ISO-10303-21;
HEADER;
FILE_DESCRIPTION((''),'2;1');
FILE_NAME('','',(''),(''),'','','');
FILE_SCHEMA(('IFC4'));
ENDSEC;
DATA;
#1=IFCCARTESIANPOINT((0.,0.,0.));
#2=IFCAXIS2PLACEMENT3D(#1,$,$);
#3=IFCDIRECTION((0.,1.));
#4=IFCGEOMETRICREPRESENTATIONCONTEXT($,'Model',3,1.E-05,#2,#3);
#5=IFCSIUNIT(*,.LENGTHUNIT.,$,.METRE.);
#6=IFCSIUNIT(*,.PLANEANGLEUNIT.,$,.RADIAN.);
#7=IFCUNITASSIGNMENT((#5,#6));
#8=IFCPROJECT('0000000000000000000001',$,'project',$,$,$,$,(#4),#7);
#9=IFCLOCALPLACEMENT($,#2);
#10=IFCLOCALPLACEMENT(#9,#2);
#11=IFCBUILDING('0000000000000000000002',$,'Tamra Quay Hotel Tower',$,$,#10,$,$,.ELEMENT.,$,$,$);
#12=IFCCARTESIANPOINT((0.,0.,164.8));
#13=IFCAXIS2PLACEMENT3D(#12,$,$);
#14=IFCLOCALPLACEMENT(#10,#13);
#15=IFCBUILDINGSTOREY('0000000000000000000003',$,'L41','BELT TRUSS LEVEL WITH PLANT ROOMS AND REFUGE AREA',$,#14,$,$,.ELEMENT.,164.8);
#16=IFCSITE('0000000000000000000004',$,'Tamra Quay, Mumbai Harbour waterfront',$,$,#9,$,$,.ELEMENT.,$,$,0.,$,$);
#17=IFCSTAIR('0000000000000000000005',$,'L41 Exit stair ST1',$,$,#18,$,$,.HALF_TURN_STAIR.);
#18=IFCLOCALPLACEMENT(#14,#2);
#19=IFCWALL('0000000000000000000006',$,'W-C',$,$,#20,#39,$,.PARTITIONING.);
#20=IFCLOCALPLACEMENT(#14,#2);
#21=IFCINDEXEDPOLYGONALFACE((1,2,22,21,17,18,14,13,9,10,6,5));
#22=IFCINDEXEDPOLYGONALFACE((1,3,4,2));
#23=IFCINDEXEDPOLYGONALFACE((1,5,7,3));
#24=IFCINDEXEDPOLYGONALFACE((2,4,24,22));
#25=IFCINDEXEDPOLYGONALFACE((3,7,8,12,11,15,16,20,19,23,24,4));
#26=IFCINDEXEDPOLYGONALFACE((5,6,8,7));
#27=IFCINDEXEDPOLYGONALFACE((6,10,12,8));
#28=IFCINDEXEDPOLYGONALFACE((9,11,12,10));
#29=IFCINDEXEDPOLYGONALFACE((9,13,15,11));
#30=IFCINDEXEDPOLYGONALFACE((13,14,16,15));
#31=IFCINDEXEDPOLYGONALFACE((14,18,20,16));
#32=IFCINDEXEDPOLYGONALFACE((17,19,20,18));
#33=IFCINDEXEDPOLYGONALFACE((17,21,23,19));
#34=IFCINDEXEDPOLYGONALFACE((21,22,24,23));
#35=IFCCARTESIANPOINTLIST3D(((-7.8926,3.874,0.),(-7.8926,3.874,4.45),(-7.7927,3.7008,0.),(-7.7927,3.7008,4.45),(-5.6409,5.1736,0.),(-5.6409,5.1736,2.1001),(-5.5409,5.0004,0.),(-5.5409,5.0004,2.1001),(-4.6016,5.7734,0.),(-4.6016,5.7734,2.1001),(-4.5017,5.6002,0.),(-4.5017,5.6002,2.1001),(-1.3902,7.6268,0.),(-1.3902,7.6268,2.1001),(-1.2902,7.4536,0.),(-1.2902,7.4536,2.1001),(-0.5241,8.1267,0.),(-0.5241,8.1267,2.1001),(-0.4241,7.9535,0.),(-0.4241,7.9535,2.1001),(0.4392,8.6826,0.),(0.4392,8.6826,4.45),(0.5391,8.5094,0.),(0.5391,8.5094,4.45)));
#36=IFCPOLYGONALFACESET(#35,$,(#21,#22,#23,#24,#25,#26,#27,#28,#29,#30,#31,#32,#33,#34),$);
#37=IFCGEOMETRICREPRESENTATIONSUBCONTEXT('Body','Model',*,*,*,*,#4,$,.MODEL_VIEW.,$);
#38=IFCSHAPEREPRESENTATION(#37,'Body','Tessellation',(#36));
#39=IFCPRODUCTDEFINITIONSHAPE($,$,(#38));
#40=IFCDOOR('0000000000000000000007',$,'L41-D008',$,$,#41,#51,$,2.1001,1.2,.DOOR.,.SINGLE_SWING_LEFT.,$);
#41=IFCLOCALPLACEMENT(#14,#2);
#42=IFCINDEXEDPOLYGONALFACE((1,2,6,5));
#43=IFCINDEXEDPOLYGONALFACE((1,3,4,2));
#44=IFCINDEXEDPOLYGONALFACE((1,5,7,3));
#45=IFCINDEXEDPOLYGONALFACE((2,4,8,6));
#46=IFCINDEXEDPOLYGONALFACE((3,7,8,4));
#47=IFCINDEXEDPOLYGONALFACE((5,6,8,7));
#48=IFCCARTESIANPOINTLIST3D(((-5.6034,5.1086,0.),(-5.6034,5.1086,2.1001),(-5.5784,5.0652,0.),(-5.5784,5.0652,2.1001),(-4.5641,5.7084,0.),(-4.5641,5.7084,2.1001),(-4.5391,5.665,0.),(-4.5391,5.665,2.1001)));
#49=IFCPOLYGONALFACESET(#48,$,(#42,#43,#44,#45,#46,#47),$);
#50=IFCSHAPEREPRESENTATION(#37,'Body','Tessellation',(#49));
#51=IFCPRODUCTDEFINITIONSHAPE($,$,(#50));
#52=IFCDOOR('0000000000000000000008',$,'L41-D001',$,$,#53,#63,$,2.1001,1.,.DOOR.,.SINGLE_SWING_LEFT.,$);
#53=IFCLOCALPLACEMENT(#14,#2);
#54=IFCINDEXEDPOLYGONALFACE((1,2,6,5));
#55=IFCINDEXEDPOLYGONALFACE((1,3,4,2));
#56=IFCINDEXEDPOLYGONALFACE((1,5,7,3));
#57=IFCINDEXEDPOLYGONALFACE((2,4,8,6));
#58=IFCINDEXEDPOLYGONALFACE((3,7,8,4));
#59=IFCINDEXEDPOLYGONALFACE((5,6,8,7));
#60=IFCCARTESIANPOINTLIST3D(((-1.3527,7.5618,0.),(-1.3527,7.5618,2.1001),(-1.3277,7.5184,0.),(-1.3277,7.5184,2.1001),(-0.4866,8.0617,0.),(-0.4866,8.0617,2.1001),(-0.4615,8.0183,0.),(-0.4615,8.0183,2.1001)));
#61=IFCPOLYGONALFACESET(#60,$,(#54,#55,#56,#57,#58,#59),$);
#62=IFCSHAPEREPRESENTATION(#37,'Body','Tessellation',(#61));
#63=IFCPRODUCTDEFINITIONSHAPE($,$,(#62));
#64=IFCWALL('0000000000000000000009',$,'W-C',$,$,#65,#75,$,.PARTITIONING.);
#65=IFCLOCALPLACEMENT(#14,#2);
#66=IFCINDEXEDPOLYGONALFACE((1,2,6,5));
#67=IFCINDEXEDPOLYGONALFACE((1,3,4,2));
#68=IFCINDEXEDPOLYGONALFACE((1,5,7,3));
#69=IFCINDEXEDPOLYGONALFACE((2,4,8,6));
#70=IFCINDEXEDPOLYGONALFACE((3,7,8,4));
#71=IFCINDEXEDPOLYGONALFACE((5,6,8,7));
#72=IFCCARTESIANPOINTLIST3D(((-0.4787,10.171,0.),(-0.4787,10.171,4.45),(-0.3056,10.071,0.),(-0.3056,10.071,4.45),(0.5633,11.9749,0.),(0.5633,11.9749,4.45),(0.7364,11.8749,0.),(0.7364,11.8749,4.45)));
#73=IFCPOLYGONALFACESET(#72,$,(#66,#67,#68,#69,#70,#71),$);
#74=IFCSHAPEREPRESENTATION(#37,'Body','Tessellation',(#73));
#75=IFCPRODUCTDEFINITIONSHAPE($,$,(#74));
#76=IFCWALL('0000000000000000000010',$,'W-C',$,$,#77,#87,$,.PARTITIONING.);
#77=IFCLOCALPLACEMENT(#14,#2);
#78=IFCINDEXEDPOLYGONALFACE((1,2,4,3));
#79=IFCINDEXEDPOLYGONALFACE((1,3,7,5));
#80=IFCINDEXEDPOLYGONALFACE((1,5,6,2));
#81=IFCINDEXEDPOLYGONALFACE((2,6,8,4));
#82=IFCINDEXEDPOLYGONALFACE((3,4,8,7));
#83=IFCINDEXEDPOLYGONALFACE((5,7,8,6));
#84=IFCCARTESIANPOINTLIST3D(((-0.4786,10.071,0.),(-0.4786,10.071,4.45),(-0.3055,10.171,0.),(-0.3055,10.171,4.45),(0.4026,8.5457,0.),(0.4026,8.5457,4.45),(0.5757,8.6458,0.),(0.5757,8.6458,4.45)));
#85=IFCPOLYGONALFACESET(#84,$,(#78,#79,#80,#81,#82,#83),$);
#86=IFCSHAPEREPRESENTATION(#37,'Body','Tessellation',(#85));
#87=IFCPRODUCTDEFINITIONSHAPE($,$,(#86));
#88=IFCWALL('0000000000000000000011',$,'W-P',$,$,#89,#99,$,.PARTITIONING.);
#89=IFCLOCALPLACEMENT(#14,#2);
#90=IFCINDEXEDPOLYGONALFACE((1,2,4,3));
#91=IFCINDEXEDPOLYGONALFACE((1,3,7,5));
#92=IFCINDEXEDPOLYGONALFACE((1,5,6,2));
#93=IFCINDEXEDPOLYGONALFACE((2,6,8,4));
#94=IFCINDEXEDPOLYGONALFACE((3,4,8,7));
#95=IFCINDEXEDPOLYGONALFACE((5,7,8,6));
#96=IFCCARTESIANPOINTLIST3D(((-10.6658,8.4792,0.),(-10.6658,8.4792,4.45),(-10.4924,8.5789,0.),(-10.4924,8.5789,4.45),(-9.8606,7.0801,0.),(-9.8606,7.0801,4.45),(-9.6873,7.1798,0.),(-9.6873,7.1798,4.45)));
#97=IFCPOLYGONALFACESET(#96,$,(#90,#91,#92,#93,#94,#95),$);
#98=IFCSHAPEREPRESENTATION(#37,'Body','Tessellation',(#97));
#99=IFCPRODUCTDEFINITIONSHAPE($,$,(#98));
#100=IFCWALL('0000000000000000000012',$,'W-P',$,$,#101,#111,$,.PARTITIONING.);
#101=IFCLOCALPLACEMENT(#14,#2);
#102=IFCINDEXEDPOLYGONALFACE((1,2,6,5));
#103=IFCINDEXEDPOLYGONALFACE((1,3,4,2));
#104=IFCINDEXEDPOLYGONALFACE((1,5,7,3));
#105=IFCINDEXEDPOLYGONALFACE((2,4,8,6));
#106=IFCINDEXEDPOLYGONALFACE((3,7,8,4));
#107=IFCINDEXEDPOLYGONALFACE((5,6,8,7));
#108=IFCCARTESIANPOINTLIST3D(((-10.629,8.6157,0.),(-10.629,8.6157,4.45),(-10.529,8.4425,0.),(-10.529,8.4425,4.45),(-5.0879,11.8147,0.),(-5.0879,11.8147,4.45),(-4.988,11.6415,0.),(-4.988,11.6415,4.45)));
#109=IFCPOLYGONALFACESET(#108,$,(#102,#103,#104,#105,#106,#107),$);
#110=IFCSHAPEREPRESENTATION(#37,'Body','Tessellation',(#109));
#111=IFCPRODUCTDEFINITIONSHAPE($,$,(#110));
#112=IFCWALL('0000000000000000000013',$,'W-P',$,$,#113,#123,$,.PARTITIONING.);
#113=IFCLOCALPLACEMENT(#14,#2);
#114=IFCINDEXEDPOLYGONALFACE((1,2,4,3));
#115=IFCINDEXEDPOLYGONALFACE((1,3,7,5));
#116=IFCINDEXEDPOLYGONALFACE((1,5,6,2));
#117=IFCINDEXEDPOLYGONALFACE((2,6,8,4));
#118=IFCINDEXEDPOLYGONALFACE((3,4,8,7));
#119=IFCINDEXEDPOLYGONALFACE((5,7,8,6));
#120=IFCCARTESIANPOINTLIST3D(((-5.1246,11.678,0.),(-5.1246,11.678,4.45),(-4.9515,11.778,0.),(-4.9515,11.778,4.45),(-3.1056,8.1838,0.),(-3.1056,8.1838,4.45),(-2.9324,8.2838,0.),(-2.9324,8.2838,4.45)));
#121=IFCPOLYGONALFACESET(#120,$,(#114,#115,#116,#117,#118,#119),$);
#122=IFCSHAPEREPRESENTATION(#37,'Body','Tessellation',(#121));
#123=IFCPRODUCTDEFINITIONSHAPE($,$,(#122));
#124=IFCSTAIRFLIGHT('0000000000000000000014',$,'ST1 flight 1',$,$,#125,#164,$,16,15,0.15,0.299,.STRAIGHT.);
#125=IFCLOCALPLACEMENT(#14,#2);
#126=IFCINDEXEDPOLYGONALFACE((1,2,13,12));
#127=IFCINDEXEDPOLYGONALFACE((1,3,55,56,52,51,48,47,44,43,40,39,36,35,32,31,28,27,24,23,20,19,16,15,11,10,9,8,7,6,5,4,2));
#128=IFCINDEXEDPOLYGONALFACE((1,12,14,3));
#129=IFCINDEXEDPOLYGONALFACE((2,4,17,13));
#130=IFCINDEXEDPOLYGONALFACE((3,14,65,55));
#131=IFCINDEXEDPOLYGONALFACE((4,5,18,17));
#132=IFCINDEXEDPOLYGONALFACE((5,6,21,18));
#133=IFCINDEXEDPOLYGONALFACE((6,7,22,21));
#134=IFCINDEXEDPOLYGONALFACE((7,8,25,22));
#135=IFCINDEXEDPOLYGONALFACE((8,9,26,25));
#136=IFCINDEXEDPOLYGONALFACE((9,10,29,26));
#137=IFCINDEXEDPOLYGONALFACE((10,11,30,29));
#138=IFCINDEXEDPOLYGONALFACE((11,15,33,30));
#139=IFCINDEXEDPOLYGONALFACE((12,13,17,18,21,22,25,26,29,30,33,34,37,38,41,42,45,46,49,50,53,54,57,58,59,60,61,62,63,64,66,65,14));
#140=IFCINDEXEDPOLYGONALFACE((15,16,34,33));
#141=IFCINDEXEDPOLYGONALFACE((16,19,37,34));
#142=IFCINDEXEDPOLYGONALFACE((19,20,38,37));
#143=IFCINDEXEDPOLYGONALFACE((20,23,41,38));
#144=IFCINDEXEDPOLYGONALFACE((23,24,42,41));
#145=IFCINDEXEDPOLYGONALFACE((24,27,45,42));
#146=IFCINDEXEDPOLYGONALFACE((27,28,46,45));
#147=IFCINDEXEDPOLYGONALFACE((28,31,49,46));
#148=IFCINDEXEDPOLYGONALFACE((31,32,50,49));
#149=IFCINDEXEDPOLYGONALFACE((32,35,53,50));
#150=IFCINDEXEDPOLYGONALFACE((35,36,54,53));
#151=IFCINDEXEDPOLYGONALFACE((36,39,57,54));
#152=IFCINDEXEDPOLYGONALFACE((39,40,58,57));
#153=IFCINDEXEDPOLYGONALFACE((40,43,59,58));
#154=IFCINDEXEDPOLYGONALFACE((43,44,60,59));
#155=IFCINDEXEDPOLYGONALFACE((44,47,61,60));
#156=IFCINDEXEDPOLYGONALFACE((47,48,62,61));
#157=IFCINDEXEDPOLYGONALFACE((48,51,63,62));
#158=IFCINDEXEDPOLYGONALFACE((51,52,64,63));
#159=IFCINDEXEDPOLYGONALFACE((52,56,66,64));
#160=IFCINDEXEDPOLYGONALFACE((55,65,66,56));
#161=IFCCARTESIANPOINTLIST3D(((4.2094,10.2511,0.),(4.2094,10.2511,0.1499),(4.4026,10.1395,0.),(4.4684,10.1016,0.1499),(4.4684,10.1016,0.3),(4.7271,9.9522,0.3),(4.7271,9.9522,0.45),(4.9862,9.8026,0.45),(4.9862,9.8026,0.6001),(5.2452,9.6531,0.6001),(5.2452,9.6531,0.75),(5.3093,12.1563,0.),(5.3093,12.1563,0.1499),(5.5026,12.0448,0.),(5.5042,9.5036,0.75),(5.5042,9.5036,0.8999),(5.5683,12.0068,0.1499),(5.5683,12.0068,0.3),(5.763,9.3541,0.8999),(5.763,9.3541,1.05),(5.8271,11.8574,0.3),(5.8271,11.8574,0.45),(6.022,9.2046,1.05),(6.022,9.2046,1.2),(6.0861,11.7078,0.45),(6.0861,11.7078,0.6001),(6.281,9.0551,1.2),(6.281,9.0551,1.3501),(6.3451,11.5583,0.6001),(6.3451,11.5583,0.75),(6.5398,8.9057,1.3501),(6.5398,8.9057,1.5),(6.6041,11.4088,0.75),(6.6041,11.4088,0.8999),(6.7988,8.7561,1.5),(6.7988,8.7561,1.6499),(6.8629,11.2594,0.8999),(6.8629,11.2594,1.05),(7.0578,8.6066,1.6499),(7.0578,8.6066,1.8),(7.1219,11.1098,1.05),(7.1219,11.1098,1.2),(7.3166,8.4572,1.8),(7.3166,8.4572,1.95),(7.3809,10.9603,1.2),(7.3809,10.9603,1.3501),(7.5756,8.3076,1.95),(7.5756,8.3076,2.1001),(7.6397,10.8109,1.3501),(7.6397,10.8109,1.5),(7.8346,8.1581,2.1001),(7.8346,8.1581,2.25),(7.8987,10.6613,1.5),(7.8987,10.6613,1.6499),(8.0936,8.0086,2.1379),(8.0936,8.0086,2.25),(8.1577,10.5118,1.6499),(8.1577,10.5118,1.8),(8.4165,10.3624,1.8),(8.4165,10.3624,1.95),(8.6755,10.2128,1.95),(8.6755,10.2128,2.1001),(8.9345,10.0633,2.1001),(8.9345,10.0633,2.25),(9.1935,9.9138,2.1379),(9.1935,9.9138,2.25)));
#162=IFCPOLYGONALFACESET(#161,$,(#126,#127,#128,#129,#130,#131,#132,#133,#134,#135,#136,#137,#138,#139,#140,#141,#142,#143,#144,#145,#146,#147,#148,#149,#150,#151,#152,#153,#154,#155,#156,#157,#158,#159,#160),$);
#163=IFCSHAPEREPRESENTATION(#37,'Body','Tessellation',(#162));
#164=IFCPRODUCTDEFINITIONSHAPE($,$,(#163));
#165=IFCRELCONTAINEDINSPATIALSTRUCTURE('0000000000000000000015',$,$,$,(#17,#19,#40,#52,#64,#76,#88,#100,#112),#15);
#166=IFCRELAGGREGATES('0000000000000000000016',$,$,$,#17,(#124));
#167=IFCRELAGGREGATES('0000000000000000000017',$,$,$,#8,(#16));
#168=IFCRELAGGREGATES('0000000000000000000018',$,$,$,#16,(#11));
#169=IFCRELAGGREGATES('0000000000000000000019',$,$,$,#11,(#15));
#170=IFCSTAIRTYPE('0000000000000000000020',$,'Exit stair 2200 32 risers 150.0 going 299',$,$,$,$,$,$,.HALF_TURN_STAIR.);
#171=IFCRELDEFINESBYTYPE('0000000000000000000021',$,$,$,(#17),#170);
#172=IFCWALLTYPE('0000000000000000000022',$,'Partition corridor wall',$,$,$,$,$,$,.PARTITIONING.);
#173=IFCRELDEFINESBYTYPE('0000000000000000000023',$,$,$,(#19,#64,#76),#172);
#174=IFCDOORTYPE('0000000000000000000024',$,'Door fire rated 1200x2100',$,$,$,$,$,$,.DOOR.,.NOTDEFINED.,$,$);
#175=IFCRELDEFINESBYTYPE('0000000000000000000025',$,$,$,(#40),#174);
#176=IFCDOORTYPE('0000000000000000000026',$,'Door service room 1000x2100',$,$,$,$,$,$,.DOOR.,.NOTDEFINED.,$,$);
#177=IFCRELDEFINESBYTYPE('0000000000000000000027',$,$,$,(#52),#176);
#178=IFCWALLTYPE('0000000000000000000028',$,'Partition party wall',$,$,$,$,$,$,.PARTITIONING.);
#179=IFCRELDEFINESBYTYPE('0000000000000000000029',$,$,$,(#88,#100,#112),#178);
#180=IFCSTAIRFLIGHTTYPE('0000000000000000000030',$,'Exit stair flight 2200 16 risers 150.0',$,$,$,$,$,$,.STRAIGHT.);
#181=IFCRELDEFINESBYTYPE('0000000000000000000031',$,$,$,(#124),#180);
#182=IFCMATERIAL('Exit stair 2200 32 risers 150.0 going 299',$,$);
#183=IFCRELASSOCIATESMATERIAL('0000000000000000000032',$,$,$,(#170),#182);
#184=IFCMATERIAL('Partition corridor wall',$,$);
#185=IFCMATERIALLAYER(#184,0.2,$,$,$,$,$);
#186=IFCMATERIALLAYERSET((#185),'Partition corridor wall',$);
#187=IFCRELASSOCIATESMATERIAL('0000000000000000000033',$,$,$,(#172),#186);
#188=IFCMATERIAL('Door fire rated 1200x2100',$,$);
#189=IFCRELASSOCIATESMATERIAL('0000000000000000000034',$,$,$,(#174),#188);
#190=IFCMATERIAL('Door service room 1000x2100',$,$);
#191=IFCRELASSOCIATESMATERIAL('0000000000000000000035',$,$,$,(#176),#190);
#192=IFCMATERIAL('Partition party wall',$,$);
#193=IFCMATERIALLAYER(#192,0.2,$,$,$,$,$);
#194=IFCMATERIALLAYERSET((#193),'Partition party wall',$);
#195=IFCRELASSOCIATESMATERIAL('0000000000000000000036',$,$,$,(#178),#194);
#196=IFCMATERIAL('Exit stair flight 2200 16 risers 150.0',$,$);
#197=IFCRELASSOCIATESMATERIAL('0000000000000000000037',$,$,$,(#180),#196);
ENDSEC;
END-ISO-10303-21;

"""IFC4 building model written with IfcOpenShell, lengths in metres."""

from ifc_helpers import new_model, si_unit, direction, frame, frame_2d, origin, place, context, subcontext, project, spatial, polyline, rectangle, outline, extrude, material, layer, layer_set, type_object, element, fill, aggregate, save


model = new_model("IFC4")

# Units and contexts
model_context = context("Model", 3, precision=1e-05, world=origin(), true_north=direction((0.0, 1.0)))
body_context = subcontext(model_context, "Body", "Model", "MODEL_VIEW")
ifc_project = project(units=[si_unit("LENGTHUNIT", "METRE"), si_unit("PLANEANGLEUNIT", "RADIAN")], contexts=[model_context])

# Site, building, storey
site_placement = place(None, origin())
site = spatial("IfcSite", under=ifc_project, at=site_placement, Name="Tamra Quay, Mumbai Harbour waterfront", CompositionType="ELEMENT", RefElevation=0.0)
building_placement = place(site_placement, origin())
building = spatial("IfcBuilding", under=site, at=building_placement, Name="Tamra Quay Hotel Tower", CompositionType="ELEMENT")
storey_placement = place(building_placement, frame((0.0, 0.0, 164.8)))
storey = spatial("IfcBuildingStorey", under=building, at=storey_placement, Name="L41", Description="BELT TRUSS LEVEL WITH PLANT ROOMS AND REFUGE AREA", CompositionType="ELEMENT", Elevation=164.8)

# Stair
ifc_material_1 = material(Name="Exit stair 2200 32 risers 150.0 going 299")
stair_type = type_object("IfcStairType", Name="Exit stair 2200 32 risers 150.0 going 299", PredefinedType="HALF_TURN_STAIR", material=ifc_material_1)
stair_1_placement = place(storey_placement, origin())
stair_1 = element("IfcStair", 1, at=stair_1_placement, inside=storey, type_object=stair_type, Name="L41 Exit stair ST1", PredefinedType="HALF_TURN_STAIR")

# Shared definitions
ifc_material_2 = material(Name="Partition corridor wall")
ifc_layer_1 = layer(ifc_material_2, 0.2)
ifc_layer_set_1 = layer_set([ifc_layer_1], Name="Partition corridor wall")
wall_type_1 = type_object("IfcWallType", Name="Partition corridor wall", PredefinedType="PARTITIONING", material=ifc_layer_set_1)

# Wall, openings, doors
wall_1_placement = place(storey_placement, frame((-7.8428, 3.7874, 0.0), z_axis=(0.0, 0.0, 1.0), x_axis=(0.866105, 0.499862, 0.0)))
wall_1 = element("IfcWall", 2, at=wall_1_placement, inside=storey, type_object=wall_type_1, Name="W-C", PredefinedType="PARTITIONING", context=body_context, shape_type="SweptSolid", body=[
    extrude(rectangle(XDim=9.6199, YDim=0.2, at=frame_2d((4.8101, 0.0))), origin(), (0.0, 0.0, 1.0), 4.45),
])
opening_1_placement = place(wall_1_placement, frame((7.5078, 0.0, 0.0)))
opening_1 = element("IfcOpeningElement", 3, at=opening_1_placement, cuts=wall_1, PredefinedType="OPENING", context=body_context, shape_type="SweptSolid", body=[
    extrude(rectangle(XDim=1.0, YDim=2.1001, at=frame_2d((0.5, 1.05))), frame((0.0, 0.1099, 0.0), z_axis=(0.0, -1.0, 0.0), x_axis=(1.0, 0.0, 0.0)), (0.0, 0.0, 1.0), 0.22),
])
opening_2_placement = place(wall_1_placement, frame((2.5999, 0.0, 0.0)))
opening_2 = element("IfcOpeningElement", 4, at=opening_2_placement, cuts=wall_1, PredefinedType="OPENING", context=body_context, shape_type="SweptSolid", body=[
    extrude(rectangle(XDim=1.2, YDim=2.1001, at=frame_2d((0.6001, 1.05))), frame((0.0, 0.1099, 0.0), z_axis=(0.0, -1.0, 0.0), x_axis=(1.0, 0.0, 0.0)), (0.0, 0.0, 1.0), 0.22),
])
ifc_material_3 = material(Name="Door fire rated 1200x2100")
door_type_1 = type_object("IfcDoorType", Name="Door fire rated 1200x2100", OperationType="NOTDEFINED", PredefinedType="DOOR", material=ifc_material_3)
door_1_placement = place(opening_2_placement, origin())
door_1 = element("IfcDoor", 5, at=door_1_placement, inside=storey, type_object=door_type_1, Name="L41-D008", OperationType="SINGLE_SWING_LEFT", OverallHeight=2.1001, OverallWidth=1.2, PredefinedType="DOOR", context=body_context, shape_type="SweptSolid", body=[
    extrude(rectangle(XDim=1.2, YDim=2.1001, at=frame_2d((0.6001, 1.05))), frame((0.0, 0.0249, 0.0), z_axis=(0.0, -1.0, 0.0), x_axis=(1.0, 0.0, 0.0)), (0.0, 0.0, 1.0), 0.05),
])
fill(opening_2, door_1)
ifc_material_4 = material(Name="Door service room 1000x2100")
door_type_2 = type_object("IfcDoorType", Name="Door service room 1000x2100", OperationType="NOTDEFINED", PredefinedType="DOOR", material=ifc_material_4)
door_2_placement = place(opening_1_placement, origin())
door_2 = element("IfcDoor", 6, at=door_2_placement, inside=storey, type_object=door_type_2, Name="L41-D001", OperationType="SINGLE_SWING_LEFT", OverallHeight=2.1001, OverallWidth=1.0, PredefinedType="DOOR", context=body_context, shape_type="SweptSolid", body=[
    extrude(rectangle(XDim=1.0, YDim=2.1001, at=frame_2d((0.5, 1.05))), frame((0.0, 0.0249, 0.0), z_axis=(0.0, -1.0, 0.0), x_axis=(1.0, 0.0, 0.0)), (0.0, 0.0, 1.0), 0.05),
])
fill(opening_1, door_2)

# Walls
wall_2_placement = place(storey_placement, frame((-0.3921, 10.1211, 0.0), z_axis=(0.0, 0.0, 1.0), x_axis=(0.500172, 0.865926, 0.0)))
element("IfcWall", 7, at=wall_2_placement, inside=storey, type_object=wall_type_1, Name="W-C", PredefinedType="PARTITIONING", context=body_context, shape_type="SweptSolid", body=[
    extrude(rectangle(XDim=2.0833, YDim=0.2, at=frame_2d((1.0415, 0.0))), origin(), (0.0, 0.0, 1.0), 4.45),
])
wall_3_placement = place(storey_placement, frame((-0.3921, 10.1211, 0.0), z_axis=(0.0, 0.0, 1.0), x_axis=(0.500238, -0.865888, 0.0)))
element("IfcWall", 8, at=wall_3_placement, inside=storey, type_object=wall_type_1, Name="W-C", PredefinedType="PARTITIONING", context=body_context, shape_type="SweptSolid", body=[
    extrude(rectangle(XDim=1.7615, YDim=0.2, at=frame_2d((0.8809, 0.0))), origin(), (0.0, 0.0, 1.0), 4.45),
])
ifc_material_5 = material(Name="Partition party wall")
ifc_layer_2 = layer(ifc_material_5, 0.2)
ifc_layer_set_2 = layer_set([ifc_layer_2], Name="Partition party wall")
wall_type_2 = type_object("IfcWallType", Name="Partition party wall", PredefinedType="PARTITIONING", material=ifc_layer_set_2)
wall_4_placement = place(storey_placement, frame((-10.5791, 8.5291, 0.0), z_axis=(0.0, 0.0, 1.0), x_axis=(0.498775, -0.866731, 0.0)))
element("IfcWall", 9, at=wall_4_placement, inside=storey, type_object=wall_type_2, Name="W-P", PredefinedType="PARTITIONING", context=body_context, shape_type="SweptSolid", body=[
    extrude(rectangle(XDim=1.6143, YDim=0.2, at=frame_2d((0.8071, 0.0))), origin(), (0.0, 0.0, 1.0), 4.45),
])
wall_5_placement = place(storey_placement, frame((-10.5791, 8.5291, 0.0), z_axis=(0.0, 0.0, 1.0), x_axis=(0.866034, 0.499984, 0.0)))
element("IfcWall", 10, at=wall_5_placement, inside=storey, type_object=wall_type_2, Name="W-P", PredefinedType="PARTITIONING", context=body_context, shape_type="SweptSolid", body=[
    extrude(rectangle(XDim=6.3982, YDim=0.2, at=frame_2d((3.1992, 0.0))), origin(), (0.0, 0.0, 1.0), 4.45),
])
wall_6_placement = place(storey_placement, frame((-5.0381, 11.728, 0.0), z_axis=(0.0, 0.0, 1.0), x_axis=(0.500316, -0.865843, 0.0)))
element("IfcWall", 11, at=wall_6_placement, inside=storey, type_object=wall_type_2, Name="W-P", PredefinedType="PARTITIONING", context=body_context, shape_type="SweptSolid", body=[
    extrude(rectangle(XDim=4.0356, YDim=0.2, at=frame_2d((2.0178, 0.0))), origin(), (0.0, 0.0, 1.0), 4.45),
])

# Stair flight
ifc_material_6 = material(Name="Exit stair flight 2200 16 risers 150.0")
stair_flight_type = type_object("IfcStairFlightType", Name="Exit stair flight 2200 16 risers 150.0", PredefinedType="STRAIGHT", material=ifc_material_6)
stair_flight_placement = place(storey_placement, frame((4.7593, 11.2036, 0.0), z_axis=(0.0, 0.0, 1.0), x_axis=(0.866025, -0.5, 0.0)))
stair_flight = element("IfcStairFlight", 12, at=stair_flight_placement, type_object=stair_flight_type, Name="ST1 flight 1", NumberOfRisers=16, NumberOfTreads=15, PredefinedType="STRAIGHT", RiserHeight=0.15, TreadLength=0.299, context=body_context, shape_type="SweptSolid", body=[
    extrude(outline(polyline([(0.0, 0.0), (0.0, 0.1499), (0.2991, 0.1499), (0.2991, 0.3), (0.5979, 0.3), (0.5979, 0.45), (0.897, 0.45), (0.897, 0.6001), (1.196, 0.6001), (1.196, 0.75), (1.4951, 0.75), (1.4951, 0.8999), (1.7939, 0.8999), (1.7939, 1.05), (2.093, 1.05), (2.093, 1.2), (2.3921, 1.2), (2.3921, 1.3501), (2.6909, 1.3501), (2.6909, 1.5), (2.99, 1.5), (2.99, 1.6499), (3.2891, 1.6499), (3.2891, 1.8), (3.5879, 1.8), (3.5879, 1.95), (3.887, 1.95), (3.887, 2.1001), (4.186, 2.1001), (4.186, 2.25), (4.4851, 2.25), (4.4851, 2.3999), (4.4851, 2.1379), (0.2231, 0.0), (0.0, 0.0)])), frame((0.0, 1.1001, 0.0), z_axis=(0.0, -1.0, 0.0), x_axis=(1.0, 0.0, 0.0)), (0.0, 0.0, 1.0), 2.2),
])
aggregate(stair_1, [stair_flight])

save(model, "model.ifc")
